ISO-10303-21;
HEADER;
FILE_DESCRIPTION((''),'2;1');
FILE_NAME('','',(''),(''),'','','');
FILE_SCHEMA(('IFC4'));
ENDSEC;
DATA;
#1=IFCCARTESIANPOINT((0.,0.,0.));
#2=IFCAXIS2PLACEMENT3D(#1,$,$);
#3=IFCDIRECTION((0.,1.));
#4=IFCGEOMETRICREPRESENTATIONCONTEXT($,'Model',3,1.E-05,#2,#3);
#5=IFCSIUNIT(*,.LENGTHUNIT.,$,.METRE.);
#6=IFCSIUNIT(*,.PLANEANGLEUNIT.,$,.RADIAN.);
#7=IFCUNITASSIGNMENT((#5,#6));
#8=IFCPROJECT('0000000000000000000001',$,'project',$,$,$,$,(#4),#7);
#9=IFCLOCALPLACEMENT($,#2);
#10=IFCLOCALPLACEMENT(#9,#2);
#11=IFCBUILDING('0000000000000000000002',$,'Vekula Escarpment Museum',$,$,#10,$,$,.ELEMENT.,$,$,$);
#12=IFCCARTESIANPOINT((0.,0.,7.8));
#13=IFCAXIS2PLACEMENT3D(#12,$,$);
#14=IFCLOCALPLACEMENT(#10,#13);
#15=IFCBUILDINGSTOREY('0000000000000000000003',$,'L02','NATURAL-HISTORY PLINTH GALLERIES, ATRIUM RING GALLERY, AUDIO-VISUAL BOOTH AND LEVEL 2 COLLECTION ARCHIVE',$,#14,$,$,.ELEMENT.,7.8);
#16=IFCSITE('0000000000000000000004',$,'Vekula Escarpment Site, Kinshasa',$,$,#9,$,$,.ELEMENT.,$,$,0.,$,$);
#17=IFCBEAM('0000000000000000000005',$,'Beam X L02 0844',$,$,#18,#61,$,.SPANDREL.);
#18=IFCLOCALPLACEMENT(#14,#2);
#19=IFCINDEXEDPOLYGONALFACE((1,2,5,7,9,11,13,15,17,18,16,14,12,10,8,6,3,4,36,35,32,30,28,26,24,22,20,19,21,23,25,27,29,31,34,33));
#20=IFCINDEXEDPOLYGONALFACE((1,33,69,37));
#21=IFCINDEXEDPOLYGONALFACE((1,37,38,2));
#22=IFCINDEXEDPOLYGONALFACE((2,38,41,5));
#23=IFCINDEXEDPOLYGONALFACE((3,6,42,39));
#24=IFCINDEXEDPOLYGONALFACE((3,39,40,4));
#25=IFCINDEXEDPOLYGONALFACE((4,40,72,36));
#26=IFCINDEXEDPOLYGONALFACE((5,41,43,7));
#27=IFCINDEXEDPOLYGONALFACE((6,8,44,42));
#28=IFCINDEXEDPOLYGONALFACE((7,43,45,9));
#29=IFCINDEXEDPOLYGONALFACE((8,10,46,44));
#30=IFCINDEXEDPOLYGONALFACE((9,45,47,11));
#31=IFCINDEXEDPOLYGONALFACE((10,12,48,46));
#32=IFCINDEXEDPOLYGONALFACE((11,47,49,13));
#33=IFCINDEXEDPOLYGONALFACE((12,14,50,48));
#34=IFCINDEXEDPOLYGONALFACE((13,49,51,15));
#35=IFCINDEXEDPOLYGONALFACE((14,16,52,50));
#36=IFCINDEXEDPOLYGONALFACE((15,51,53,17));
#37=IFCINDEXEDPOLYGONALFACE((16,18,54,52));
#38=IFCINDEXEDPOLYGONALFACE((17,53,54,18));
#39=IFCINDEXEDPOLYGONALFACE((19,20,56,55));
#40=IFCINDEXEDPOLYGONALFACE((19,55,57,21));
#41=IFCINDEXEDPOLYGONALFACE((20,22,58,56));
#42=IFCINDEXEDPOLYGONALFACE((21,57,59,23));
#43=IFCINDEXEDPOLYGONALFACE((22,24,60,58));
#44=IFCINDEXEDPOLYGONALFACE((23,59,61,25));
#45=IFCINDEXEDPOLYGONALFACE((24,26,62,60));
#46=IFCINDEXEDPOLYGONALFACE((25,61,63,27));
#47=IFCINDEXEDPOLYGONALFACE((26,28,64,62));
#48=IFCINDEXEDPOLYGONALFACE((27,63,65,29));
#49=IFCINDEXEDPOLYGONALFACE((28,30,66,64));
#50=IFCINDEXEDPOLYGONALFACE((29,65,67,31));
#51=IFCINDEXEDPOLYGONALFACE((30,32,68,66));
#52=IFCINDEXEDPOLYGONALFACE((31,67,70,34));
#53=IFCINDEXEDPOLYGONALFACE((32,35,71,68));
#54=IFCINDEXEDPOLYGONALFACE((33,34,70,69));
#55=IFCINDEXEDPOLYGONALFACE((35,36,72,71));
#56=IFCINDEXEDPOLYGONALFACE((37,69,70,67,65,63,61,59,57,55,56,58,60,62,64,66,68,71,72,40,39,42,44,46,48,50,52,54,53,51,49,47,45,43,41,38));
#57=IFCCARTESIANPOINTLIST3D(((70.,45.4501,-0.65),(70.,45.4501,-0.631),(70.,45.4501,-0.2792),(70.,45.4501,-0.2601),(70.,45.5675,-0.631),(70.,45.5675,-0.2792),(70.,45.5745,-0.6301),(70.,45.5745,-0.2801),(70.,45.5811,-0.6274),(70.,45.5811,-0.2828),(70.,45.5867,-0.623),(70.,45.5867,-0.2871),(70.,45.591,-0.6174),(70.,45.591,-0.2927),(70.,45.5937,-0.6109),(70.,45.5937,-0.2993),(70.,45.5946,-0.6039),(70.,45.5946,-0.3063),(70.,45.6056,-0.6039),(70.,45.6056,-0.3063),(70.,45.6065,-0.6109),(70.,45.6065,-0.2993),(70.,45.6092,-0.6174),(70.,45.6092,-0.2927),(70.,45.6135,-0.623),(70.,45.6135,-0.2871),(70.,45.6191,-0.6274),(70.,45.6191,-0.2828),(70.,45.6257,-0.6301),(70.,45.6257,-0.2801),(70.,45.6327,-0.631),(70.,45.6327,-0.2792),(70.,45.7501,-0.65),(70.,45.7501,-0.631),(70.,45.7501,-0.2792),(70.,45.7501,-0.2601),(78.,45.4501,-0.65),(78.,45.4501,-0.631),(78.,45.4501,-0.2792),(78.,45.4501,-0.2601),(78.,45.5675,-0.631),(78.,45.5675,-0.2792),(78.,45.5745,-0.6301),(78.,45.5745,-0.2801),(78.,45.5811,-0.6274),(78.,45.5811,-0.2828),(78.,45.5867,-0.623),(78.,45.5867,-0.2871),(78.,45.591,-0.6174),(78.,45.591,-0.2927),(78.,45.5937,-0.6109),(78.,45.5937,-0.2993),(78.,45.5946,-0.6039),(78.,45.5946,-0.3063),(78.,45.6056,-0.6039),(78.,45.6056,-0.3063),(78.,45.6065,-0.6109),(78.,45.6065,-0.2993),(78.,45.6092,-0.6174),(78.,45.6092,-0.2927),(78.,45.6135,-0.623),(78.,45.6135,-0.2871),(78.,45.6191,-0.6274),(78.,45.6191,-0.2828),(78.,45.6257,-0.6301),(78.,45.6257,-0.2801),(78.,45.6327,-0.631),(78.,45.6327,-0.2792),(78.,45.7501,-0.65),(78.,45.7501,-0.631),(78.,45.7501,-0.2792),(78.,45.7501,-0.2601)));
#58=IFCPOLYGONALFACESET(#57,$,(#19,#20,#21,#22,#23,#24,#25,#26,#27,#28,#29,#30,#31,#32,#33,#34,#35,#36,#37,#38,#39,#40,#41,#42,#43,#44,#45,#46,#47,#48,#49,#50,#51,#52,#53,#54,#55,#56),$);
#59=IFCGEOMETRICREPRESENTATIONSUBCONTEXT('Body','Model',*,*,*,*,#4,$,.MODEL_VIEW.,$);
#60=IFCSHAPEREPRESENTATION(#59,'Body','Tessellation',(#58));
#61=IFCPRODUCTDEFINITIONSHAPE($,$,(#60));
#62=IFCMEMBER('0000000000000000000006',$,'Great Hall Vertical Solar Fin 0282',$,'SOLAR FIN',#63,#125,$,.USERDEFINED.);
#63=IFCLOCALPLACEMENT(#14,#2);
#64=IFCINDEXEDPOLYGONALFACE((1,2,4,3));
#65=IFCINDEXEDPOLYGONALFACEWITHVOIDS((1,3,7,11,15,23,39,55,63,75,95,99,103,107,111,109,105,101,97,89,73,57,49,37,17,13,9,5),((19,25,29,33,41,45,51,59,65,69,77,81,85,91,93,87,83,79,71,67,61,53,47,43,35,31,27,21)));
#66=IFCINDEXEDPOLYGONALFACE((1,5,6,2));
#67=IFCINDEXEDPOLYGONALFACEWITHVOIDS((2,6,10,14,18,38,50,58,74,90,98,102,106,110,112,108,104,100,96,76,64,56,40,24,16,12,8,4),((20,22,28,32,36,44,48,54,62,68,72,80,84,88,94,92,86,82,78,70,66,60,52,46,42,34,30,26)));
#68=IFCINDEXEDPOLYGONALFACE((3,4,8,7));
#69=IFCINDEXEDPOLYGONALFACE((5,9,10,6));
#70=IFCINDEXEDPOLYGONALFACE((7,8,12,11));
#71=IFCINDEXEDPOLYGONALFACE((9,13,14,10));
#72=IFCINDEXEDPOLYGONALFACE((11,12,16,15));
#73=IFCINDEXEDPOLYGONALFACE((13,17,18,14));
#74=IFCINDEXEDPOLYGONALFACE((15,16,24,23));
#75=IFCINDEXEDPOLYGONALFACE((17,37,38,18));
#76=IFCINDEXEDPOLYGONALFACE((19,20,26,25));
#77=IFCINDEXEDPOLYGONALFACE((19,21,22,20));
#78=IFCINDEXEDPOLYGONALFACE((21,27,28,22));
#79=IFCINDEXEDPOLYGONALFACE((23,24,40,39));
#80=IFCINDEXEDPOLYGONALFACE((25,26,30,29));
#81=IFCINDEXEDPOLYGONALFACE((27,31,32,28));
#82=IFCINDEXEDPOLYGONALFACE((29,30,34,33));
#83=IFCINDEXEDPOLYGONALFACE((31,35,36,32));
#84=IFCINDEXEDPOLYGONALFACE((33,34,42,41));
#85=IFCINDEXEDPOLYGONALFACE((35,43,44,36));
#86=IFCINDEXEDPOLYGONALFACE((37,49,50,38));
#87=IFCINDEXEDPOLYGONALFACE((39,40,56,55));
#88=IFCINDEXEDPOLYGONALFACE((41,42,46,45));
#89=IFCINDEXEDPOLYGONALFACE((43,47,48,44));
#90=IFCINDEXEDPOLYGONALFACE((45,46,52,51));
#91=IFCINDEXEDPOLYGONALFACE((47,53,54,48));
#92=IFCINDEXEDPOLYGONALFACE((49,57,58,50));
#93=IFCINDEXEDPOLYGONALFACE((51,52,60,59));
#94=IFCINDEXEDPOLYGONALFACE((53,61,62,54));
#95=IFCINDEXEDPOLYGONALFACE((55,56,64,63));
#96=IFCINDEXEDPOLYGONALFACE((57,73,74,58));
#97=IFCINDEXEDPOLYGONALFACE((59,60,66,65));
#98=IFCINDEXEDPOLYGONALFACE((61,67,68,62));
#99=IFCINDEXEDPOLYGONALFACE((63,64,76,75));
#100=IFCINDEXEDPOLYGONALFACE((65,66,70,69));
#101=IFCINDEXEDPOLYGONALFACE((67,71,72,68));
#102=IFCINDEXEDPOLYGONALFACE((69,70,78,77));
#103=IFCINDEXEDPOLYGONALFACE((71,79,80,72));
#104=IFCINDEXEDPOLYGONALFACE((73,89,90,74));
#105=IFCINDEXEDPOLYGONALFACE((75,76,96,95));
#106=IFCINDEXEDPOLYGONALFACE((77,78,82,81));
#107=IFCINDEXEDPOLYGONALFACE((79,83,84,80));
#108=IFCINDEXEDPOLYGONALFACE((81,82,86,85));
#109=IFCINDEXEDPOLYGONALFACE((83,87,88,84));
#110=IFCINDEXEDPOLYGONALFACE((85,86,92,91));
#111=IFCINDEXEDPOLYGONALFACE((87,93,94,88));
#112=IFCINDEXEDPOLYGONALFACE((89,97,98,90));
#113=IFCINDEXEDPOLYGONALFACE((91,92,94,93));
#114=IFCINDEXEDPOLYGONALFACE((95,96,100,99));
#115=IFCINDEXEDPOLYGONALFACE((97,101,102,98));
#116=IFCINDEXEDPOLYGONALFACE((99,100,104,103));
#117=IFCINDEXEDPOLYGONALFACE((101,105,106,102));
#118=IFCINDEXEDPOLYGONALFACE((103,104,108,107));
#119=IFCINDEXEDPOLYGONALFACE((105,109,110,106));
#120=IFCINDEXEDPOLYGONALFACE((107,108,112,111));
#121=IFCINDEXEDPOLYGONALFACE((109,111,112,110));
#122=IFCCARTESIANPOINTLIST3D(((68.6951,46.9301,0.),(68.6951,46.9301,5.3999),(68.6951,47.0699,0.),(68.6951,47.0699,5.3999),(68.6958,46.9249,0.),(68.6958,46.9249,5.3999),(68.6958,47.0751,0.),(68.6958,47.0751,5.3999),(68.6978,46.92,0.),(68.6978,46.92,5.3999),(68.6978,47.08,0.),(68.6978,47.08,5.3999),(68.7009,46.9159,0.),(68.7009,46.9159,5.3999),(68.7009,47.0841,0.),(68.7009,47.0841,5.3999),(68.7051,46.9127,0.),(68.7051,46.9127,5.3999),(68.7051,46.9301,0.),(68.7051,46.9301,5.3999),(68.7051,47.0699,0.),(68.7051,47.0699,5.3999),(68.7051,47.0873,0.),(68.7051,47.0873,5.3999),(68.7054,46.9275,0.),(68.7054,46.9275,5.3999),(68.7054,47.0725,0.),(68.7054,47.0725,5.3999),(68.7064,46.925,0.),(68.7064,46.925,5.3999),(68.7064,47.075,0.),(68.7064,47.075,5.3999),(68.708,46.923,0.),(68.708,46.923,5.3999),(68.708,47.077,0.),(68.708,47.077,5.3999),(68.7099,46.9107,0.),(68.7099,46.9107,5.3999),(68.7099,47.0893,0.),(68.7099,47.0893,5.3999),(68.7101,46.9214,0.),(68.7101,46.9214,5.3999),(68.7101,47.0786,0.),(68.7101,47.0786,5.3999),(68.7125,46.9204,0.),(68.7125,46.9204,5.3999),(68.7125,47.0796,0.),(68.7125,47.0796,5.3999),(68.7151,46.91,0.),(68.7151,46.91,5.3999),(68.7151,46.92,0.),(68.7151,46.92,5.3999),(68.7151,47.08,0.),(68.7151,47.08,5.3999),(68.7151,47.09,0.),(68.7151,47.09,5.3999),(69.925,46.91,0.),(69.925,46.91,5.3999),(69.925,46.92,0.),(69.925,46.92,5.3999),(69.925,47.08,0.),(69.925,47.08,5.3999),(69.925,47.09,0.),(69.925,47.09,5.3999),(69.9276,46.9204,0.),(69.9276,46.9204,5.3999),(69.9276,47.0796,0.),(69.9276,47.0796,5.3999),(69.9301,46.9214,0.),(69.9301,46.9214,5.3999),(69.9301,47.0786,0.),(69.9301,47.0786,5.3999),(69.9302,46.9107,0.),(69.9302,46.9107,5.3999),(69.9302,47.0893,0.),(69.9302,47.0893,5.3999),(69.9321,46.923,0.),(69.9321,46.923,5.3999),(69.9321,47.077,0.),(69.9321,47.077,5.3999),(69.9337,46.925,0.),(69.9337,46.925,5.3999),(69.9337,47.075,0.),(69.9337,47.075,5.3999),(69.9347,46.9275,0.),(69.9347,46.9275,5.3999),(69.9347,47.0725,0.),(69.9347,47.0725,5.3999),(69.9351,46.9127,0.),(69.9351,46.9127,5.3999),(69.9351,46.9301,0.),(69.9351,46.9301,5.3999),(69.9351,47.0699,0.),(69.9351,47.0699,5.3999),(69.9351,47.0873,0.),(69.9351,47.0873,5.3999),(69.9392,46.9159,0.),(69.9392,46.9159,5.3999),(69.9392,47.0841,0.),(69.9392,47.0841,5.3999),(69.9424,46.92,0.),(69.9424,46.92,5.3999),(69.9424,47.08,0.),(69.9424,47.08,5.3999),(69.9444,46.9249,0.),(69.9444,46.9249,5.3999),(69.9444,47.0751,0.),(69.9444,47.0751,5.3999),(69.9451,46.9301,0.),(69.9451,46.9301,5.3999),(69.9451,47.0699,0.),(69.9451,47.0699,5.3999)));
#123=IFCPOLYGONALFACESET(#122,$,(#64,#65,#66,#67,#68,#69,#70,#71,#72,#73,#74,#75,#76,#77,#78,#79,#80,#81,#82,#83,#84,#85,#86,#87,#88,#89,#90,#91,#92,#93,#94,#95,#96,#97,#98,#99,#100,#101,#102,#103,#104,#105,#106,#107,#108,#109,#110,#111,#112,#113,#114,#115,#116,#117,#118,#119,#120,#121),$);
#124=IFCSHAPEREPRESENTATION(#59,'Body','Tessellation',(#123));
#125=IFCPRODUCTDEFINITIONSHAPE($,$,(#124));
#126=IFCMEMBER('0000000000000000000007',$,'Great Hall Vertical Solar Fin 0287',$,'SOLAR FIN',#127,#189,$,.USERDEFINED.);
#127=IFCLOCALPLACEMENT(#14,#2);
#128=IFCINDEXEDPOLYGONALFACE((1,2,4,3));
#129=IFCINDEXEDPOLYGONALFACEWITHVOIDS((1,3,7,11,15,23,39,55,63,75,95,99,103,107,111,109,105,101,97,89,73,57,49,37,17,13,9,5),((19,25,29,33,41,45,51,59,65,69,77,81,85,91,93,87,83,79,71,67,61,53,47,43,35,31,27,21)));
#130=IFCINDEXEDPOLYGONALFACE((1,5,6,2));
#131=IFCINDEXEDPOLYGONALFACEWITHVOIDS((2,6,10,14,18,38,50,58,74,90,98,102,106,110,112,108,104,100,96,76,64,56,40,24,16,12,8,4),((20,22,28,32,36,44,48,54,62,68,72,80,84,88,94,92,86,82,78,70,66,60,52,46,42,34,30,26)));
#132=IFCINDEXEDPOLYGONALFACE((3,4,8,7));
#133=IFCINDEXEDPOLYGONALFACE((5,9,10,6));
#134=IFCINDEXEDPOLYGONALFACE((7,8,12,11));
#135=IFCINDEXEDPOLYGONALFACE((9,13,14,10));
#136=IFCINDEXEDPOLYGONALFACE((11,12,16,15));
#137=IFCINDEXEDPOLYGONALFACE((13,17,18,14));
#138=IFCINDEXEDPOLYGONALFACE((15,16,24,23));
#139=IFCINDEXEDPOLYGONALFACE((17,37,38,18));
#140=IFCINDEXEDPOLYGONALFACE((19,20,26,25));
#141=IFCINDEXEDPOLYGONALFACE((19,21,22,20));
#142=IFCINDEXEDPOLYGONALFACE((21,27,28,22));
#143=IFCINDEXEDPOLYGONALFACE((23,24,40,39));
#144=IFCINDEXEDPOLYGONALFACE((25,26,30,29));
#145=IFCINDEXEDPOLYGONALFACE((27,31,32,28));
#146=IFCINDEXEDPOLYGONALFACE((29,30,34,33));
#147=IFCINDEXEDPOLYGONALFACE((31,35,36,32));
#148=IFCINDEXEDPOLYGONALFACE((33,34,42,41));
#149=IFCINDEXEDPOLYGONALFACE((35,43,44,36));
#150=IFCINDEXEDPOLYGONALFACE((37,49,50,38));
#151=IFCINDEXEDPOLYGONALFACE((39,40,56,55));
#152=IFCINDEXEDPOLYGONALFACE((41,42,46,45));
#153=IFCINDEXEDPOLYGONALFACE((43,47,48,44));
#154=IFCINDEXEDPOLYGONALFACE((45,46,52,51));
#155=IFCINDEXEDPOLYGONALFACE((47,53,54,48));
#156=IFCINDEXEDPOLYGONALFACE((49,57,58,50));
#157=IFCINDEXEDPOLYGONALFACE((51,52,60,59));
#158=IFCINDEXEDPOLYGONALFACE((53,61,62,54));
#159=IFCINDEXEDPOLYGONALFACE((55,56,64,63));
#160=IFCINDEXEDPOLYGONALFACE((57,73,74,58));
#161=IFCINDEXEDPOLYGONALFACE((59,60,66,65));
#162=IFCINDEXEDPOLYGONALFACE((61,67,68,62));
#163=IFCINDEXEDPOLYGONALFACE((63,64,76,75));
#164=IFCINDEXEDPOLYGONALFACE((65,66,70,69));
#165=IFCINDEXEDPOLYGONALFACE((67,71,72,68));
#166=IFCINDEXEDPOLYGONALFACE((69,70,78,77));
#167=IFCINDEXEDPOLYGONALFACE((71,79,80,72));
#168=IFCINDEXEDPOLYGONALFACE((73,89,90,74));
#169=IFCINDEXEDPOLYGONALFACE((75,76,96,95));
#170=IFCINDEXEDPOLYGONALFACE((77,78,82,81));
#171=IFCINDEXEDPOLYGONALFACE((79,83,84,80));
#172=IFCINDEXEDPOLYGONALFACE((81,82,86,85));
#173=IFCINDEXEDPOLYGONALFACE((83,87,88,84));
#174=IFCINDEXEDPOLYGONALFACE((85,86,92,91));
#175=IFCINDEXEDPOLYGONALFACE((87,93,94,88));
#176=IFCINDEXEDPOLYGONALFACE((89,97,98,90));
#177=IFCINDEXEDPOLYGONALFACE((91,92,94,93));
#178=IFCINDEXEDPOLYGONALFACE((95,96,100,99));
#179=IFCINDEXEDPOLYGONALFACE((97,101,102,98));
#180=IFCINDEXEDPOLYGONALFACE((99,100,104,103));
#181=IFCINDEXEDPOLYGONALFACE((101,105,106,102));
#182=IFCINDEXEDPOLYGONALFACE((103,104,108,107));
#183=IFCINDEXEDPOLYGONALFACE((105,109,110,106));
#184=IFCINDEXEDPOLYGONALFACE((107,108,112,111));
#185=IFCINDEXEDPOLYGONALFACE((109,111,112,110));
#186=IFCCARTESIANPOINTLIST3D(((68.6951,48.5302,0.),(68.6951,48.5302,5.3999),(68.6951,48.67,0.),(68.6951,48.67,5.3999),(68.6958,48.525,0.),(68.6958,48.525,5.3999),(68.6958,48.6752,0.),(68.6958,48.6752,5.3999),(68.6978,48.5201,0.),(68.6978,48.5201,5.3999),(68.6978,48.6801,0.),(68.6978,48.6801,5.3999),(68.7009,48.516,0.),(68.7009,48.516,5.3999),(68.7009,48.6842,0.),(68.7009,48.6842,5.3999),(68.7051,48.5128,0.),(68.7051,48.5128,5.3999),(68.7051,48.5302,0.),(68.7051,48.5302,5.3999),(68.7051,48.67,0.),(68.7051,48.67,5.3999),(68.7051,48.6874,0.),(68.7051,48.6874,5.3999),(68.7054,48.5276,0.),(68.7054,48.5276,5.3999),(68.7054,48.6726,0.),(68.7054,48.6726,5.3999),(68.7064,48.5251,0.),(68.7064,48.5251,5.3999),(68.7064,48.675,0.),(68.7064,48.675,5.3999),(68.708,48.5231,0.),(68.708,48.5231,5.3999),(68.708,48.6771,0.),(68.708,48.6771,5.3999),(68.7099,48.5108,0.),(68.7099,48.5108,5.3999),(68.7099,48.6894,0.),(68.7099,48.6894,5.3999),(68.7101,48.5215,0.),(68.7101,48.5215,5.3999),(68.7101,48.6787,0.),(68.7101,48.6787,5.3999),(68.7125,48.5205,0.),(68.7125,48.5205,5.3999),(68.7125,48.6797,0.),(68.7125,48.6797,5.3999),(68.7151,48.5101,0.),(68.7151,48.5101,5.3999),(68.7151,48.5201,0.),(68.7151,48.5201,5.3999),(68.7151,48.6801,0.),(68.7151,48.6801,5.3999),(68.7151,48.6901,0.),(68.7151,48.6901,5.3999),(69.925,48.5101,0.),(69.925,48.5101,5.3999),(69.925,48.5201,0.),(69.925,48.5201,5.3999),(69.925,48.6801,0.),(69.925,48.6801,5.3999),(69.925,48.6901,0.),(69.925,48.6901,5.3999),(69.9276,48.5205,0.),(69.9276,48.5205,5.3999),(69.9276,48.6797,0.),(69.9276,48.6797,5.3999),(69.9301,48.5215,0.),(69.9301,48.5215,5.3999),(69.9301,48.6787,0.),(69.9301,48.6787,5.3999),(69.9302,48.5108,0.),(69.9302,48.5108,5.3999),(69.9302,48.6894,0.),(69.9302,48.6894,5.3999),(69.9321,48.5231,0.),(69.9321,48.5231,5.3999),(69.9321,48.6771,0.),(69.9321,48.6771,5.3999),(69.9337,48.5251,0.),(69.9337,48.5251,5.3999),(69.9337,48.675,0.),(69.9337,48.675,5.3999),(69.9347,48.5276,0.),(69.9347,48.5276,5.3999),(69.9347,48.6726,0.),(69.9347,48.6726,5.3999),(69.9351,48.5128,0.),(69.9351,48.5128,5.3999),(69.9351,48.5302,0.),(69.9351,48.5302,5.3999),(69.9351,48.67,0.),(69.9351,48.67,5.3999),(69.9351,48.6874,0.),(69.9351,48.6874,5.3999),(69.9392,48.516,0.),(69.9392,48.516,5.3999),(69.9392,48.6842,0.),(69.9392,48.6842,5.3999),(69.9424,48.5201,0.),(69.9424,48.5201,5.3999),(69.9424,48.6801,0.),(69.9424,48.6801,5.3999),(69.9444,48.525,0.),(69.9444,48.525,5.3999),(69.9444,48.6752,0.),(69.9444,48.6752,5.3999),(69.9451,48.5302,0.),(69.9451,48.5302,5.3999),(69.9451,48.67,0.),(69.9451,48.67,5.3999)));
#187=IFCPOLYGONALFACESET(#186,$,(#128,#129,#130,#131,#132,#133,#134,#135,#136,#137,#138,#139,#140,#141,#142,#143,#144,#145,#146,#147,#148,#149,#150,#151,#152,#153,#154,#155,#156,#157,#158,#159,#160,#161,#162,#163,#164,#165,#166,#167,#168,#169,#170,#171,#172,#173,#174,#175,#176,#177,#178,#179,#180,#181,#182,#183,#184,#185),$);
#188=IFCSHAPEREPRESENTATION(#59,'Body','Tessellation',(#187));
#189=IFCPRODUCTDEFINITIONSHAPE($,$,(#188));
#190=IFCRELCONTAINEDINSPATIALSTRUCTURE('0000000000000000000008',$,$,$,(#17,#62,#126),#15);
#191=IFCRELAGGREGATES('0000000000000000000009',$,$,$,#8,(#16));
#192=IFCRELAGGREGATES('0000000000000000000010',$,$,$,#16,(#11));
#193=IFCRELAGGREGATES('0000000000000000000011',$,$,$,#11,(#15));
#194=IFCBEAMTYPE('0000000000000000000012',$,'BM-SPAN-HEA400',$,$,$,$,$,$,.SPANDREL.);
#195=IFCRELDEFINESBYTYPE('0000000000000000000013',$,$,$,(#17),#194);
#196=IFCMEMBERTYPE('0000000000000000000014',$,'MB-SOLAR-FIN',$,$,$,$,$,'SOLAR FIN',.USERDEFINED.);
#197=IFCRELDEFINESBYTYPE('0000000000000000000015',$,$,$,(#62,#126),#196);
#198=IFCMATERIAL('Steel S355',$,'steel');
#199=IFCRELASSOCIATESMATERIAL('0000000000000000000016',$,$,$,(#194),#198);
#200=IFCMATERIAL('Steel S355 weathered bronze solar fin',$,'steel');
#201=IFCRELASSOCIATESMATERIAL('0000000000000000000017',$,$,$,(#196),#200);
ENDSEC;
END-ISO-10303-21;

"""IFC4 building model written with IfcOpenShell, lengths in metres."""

from ifc_helpers import new_model, si_unit, direction, frame, origin, origin_2d, place, context, subcontext, project, spatial, hollow_rectangle, i_section, extrude, material, material_profile, profile_set, type_object, element, save


model = new_model("IFC4")

# Units and contexts
model_context = context("Model", 3, precision=1e-05, world=origin(), true_north=direction((0.0, 1.0)))
body_context = subcontext(model_context, "Body", "Model", "MODEL_VIEW")
ifc_project = project(units=[si_unit("LENGTHUNIT", "METRE"), si_unit("PLANEANGLEUNIT", "RADIAN")], contexts=[model_context])

# Site, building, storey
site_placement = place(None, origin())
site = spatial("IfcSite", under=ifc_project, at=site_placement, Name="Vekula Escarpment Site, Kinshasa", CompositionType="ELEMENT", RefElevation=0.0)
building_placement = place(site_placement, origin())
building = spatial("IfcBuilding", under=site, at=building_placement, Name="Vekula Escarpment Museum", CompositionType="ELEMENT")
storey_placement = place(building_placement, frame((0.0, 0.0, 7.8)))
storey = spatial("IfcBuildingStorey", under=building, at=storey_placement, Name="L02", Description="NATURAL-HISTORY PLINTH GALLERIES, ATRIUM RING GALLERY, AUDIO-VISUAL BOOTH AND LEVEL 2 COLLECTION ARCHIVE", CompositionType="ELEMENT", Elevation=7.8)

# Beam
ifc_material_1 = material(Name="Steel S355", Category="steel")
ifc_material_profile_1 = material_profile(ifc_material_1, i_section(OverallWidth=0.3, OverallDepth=0.3899, WebThickness=0.011, FlangeThickness=0.019, FilletRadius=0.0271, at=origin_2d()), Name="HEA 400")
ifc_profile_set_1 = profile_set([ifc_material_profile_1], Name="Steel S355")
beam_type_1 = type_object("IfcBeamType", Name="BM-SPAN-HEA400", PredefinedType="SPANDREL", material=ifc_profile_set_1)
beam_1_placement = place(storey_placement, frame((70.0, 45.6001, -0.4551), z_axis=(1.0, 0.0, 0.0), x_axis=(0.0, 1.0, 0.0)))
element("IfcBeam", 1, at=beam_1_placement, inside=storey, type_object=beam_type_1, Name="Beam X L02 0844", PredefinedType="SPANDREL", context=body_context, shape_type="SweptSolid", body=[
    extrude(i_section(OverallWidth=0.3, OverallDepth=0.3899, WebThickness=0.011, FlangeThickness=0.019, FilletRadius=0.0271, at=origin_2d()), origin(), (0.0, 0.0, 1.0), 8.0),
])

# Members
ifc_material_2 = material(Name="Steel S355 weathered bronze solar fin", Category="steel")
ifc_material_profile_2 = material_profile(ifc_material_2, hollow_rectangle(XDim=0.1799, YDim=1.25, WallThickness=0.01, InnerFilletRadius=0.01, OuterFilletRadius=0.02, at=origin_2d()), Name="RHS 1250x180x10")
ifc_profile_set_2 = profile_set([ifc_material_profile_2], Name="Steel S355 weathered bronze solar fin")
member_type = type_object("IfcMemberType", Name="MB-SOLAR-FIN", ElementType="SOLAR FIN", PredefinedType="USERDEFINED", material=ifc_profile_set_2)
for number, where, z_axis, x_axis, name in (
    (2, (69.3201, 47.0, 0.0), (0.0, 0.0, 1.0), (0.0, 1.0, 0.0), "Great Hall Vertical Solar Fin 0282"),
    (3, (69.3201, 48.6001, 0.0), (0.0, 0.0, 1.0), (0.0, 1.0, 0.0), "Great Hall Vertical Solar Fin 0287"),
):
    element("IfcMember", number, at=place(storey_placement, frame(where, z_axis=z_axis, x_axis=x_axis)), inside=storey, type_object=member_type, Name=name, ObjectType="SOLAR FIN", PredefinedType="USERDEFINED", context=body_context, shape_type="SweptSolid", body=[
        extrude(hollow_rectangle(XDim=0.1799, YDim=1.25, WallThickness=0.01, InnerFilletRadius=0.01, OuterFilletRadius=0.02, at=origin_2d()), origin(), (0.0, 0.0, 1.0), 5.3999),
    ])

save(model, "model.ifc")
